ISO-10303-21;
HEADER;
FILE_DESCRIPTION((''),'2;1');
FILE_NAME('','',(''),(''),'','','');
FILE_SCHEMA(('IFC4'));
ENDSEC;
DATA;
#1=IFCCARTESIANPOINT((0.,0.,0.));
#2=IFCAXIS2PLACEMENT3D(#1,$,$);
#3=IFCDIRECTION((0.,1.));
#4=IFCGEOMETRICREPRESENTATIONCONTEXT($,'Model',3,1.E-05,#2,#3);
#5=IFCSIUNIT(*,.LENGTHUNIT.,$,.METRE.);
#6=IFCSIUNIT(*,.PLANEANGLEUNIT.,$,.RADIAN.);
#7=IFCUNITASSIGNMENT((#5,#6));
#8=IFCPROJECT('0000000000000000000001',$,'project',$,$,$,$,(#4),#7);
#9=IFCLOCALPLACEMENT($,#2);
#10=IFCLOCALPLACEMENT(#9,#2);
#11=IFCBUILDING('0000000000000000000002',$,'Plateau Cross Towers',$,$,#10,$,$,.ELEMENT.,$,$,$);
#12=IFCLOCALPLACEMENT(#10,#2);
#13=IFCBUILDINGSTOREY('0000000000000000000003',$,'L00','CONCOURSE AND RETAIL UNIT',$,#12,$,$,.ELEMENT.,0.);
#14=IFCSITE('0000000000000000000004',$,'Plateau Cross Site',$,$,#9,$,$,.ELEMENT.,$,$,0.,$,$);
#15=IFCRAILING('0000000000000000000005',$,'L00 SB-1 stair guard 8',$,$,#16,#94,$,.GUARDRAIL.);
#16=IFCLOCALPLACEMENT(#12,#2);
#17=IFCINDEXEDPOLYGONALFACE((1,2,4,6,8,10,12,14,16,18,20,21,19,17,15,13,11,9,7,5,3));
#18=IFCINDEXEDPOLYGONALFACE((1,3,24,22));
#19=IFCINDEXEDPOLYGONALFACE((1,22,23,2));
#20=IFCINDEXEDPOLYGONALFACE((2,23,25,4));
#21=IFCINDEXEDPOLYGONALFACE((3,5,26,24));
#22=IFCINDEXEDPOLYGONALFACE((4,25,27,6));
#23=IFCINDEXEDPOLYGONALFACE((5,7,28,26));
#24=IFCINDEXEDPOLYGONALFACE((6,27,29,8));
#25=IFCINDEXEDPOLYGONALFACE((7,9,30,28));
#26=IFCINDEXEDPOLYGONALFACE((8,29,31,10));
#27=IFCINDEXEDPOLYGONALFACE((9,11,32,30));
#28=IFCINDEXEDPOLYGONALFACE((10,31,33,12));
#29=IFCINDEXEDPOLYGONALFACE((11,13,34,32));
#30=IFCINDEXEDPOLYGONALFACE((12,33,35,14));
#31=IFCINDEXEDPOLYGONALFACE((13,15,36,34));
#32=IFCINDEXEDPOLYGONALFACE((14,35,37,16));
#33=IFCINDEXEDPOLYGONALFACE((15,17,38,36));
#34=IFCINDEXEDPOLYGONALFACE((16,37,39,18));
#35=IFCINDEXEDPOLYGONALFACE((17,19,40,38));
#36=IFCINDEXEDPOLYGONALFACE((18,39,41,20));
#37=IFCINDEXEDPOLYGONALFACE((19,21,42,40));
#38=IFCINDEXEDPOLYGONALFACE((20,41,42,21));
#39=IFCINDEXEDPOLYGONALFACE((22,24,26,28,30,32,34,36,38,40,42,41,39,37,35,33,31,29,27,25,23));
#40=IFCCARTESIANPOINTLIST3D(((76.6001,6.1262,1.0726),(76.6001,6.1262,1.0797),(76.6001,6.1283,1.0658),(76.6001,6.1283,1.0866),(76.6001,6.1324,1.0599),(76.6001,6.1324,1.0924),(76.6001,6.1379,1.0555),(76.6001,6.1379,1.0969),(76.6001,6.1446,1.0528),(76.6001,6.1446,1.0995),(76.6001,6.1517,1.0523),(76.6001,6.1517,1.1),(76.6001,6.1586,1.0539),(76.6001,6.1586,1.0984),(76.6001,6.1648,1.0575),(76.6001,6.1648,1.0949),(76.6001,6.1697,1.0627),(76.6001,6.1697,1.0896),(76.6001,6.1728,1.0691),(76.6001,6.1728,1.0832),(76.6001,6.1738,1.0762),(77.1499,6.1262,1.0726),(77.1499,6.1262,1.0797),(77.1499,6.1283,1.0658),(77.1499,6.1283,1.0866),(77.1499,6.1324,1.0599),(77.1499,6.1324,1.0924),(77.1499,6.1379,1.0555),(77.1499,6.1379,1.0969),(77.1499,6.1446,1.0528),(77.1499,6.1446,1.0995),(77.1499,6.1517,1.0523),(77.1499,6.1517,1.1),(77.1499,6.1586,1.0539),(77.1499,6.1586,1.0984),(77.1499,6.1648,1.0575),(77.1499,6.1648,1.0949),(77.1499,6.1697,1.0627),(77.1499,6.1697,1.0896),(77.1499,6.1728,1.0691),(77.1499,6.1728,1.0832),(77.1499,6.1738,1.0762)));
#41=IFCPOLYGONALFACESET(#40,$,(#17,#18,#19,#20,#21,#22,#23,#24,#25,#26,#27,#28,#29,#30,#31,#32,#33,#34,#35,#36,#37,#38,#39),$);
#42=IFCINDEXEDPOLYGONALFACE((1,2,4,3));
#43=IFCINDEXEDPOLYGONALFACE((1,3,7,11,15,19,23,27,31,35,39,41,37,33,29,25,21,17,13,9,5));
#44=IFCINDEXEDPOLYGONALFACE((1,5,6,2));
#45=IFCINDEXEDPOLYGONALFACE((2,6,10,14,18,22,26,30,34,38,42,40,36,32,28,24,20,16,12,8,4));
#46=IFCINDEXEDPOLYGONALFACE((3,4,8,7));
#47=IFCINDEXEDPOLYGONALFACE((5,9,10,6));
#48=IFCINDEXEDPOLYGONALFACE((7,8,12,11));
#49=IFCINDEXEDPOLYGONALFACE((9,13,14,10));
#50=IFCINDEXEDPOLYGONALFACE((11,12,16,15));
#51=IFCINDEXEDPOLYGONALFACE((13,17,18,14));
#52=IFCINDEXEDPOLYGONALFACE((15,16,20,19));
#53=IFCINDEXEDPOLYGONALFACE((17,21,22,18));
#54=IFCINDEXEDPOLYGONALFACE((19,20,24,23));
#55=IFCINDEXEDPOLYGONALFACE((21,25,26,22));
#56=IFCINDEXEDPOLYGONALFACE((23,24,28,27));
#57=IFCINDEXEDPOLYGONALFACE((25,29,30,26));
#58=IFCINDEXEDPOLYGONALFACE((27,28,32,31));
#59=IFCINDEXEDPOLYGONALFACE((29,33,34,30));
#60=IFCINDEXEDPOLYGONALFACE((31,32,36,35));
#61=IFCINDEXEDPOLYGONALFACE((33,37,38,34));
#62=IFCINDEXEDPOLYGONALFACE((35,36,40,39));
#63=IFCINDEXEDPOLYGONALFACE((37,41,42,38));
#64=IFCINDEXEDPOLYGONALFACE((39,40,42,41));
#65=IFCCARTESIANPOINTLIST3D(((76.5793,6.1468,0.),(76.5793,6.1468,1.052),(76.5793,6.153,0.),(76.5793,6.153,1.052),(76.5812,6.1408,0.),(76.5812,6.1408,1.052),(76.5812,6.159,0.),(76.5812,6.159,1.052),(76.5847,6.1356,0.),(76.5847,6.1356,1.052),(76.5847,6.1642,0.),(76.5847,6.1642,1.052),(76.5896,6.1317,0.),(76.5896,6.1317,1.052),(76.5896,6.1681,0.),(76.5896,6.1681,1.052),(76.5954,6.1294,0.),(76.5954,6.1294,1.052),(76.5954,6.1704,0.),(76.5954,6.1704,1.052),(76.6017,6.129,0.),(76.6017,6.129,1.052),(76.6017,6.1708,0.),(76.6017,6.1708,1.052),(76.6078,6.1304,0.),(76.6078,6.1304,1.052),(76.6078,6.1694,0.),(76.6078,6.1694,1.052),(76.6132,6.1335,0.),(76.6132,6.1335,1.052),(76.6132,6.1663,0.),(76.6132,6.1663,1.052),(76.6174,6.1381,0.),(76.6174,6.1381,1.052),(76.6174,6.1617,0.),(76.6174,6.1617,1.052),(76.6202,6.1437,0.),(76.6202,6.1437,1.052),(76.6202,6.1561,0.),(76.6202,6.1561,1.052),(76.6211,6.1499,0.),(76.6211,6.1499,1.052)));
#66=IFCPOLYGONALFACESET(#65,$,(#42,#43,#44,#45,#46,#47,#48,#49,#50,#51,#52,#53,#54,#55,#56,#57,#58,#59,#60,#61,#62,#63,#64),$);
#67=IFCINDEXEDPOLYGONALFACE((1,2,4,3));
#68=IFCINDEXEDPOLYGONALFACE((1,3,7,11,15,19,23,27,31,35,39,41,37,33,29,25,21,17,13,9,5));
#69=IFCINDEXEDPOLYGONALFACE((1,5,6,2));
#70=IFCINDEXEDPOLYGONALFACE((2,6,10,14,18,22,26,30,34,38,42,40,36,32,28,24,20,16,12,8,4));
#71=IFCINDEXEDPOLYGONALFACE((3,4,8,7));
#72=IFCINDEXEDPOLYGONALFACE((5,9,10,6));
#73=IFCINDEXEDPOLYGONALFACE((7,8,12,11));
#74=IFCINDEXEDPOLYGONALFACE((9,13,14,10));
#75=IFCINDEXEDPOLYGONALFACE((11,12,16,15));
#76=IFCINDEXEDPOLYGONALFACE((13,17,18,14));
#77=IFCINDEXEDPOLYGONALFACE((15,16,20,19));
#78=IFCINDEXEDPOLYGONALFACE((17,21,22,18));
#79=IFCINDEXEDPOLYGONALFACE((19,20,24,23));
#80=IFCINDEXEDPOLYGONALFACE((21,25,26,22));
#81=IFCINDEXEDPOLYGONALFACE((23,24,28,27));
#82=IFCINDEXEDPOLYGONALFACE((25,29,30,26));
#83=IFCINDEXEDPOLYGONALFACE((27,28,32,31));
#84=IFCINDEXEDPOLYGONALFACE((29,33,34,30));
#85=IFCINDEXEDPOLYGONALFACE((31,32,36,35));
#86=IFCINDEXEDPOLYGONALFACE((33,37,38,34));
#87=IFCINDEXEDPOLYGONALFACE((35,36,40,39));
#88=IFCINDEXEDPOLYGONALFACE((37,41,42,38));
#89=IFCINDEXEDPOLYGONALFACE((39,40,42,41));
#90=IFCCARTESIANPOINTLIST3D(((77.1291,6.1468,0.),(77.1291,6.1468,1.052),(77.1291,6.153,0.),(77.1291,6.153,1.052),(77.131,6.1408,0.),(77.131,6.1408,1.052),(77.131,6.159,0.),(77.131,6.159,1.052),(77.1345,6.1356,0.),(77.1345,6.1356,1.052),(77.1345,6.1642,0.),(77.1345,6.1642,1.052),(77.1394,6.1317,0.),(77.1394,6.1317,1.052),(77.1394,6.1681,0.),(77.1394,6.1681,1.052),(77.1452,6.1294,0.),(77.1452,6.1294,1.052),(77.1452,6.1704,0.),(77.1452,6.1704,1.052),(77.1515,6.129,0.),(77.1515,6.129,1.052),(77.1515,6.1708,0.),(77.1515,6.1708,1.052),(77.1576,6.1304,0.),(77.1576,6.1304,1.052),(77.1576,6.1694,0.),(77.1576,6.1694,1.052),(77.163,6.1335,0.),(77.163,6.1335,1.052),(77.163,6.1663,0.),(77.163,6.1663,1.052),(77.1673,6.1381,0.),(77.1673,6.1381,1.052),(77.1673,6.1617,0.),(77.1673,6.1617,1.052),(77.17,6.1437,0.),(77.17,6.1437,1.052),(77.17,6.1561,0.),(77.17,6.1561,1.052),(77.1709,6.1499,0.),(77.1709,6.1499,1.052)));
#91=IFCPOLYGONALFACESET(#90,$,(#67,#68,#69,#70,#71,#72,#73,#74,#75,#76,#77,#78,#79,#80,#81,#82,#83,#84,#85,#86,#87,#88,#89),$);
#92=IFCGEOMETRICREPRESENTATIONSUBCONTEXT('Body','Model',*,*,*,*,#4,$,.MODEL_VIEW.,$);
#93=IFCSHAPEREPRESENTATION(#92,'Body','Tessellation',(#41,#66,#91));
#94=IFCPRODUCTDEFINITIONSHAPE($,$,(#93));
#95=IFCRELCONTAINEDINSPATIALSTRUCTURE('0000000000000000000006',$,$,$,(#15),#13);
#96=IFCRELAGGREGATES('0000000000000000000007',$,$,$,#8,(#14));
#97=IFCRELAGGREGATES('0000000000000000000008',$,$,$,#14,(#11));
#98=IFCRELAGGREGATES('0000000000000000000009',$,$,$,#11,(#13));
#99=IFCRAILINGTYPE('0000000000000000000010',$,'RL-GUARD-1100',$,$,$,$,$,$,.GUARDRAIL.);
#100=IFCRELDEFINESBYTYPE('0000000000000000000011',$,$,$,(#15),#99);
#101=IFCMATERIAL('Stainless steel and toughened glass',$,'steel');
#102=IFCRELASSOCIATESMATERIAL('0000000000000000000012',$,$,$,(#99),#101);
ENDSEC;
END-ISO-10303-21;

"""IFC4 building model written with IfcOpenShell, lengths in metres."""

from ifc_helpers import new_model, si_unit, direction, frame, origin, origin_2d, place, context, subcontext, project, spatial, circle, extrude, material, type_object, element, save


model = new_model("IFC4")

# Units and contexts
model_context = context("Model", 3, precision=1e-05, world=origin(), true_north=direction((0.0, 1.0)))
body_context = subcontext(model_context, "Body", "Model", "MODEL_VIEW")
ifc_project = project(units=[si_unit("LENGTHUNIT", "METRE"), si_unit("PLANEANGLEUNIT", "RADIAN")], contexts=[model_context])

# Site, building, storey
site_placement = place(None, origin())
site = spatial("IfcSite", under=ifc_project, at=site_placement, Name="Plateau Cross Site", CompositionType="ELEMENT", RefElevation=0.0)
building_placement = place(site_placement, origin())
building = spatial("IfcBuilding", under=site, at=building_placement, Name="Plateau Cross Towers", CompositionType="ELEMENT")
storey_placement = place(building_placement, origin())
storey = spatial("IfcBuildingStorey", under=building, at=storey_placement, Name="L00", Description="CONCOURSE AND RETAIL UNIT", CompositionType="ELEMENT", Elevation=0.0)

# Railing
ifc_material_1 = material(Name="Stainless steel and toughened glass", Category="steel")
railing_type_1 = type_object("IfcRailingType", Name="RL-GUARD-1100", PredefinedType="GUARDRAIL", material=ifc_material_1)
railing_1_placement = place(storey_placement, frame((76.6001, 6.1499, 0.0)))
element("IfcRailing", 1, at=railing_1_placement, inside=storey, type_object=railing_type_1, Name="L00 SB-1 stair guard 8", PredefinedType="GUARDRAIL", context=body_context, shape_type="SweptSolid", body=[
    extrude(circle(Radius=0.0239, at=origin_2d()), frame((0.0, 0.0, 1.0762), z_axis=(1.0, 0.0, 0.0), x_axis=(0.0, 1.0, 0.0)), (0.0, 0.0, 1.0), 0.5498),
    extrude(circle(Radius=0.021, at=origin_2d()), origin(), (0.0, 0.0, 1.0), 1.052),
    extrude(circle(Radius=0.021, at=origin_2d()), frame((0.5498, 0.0, 0.0)), (0.0, 0.0, 1.0), 1.052),
])

save(model, "model.ifc")
